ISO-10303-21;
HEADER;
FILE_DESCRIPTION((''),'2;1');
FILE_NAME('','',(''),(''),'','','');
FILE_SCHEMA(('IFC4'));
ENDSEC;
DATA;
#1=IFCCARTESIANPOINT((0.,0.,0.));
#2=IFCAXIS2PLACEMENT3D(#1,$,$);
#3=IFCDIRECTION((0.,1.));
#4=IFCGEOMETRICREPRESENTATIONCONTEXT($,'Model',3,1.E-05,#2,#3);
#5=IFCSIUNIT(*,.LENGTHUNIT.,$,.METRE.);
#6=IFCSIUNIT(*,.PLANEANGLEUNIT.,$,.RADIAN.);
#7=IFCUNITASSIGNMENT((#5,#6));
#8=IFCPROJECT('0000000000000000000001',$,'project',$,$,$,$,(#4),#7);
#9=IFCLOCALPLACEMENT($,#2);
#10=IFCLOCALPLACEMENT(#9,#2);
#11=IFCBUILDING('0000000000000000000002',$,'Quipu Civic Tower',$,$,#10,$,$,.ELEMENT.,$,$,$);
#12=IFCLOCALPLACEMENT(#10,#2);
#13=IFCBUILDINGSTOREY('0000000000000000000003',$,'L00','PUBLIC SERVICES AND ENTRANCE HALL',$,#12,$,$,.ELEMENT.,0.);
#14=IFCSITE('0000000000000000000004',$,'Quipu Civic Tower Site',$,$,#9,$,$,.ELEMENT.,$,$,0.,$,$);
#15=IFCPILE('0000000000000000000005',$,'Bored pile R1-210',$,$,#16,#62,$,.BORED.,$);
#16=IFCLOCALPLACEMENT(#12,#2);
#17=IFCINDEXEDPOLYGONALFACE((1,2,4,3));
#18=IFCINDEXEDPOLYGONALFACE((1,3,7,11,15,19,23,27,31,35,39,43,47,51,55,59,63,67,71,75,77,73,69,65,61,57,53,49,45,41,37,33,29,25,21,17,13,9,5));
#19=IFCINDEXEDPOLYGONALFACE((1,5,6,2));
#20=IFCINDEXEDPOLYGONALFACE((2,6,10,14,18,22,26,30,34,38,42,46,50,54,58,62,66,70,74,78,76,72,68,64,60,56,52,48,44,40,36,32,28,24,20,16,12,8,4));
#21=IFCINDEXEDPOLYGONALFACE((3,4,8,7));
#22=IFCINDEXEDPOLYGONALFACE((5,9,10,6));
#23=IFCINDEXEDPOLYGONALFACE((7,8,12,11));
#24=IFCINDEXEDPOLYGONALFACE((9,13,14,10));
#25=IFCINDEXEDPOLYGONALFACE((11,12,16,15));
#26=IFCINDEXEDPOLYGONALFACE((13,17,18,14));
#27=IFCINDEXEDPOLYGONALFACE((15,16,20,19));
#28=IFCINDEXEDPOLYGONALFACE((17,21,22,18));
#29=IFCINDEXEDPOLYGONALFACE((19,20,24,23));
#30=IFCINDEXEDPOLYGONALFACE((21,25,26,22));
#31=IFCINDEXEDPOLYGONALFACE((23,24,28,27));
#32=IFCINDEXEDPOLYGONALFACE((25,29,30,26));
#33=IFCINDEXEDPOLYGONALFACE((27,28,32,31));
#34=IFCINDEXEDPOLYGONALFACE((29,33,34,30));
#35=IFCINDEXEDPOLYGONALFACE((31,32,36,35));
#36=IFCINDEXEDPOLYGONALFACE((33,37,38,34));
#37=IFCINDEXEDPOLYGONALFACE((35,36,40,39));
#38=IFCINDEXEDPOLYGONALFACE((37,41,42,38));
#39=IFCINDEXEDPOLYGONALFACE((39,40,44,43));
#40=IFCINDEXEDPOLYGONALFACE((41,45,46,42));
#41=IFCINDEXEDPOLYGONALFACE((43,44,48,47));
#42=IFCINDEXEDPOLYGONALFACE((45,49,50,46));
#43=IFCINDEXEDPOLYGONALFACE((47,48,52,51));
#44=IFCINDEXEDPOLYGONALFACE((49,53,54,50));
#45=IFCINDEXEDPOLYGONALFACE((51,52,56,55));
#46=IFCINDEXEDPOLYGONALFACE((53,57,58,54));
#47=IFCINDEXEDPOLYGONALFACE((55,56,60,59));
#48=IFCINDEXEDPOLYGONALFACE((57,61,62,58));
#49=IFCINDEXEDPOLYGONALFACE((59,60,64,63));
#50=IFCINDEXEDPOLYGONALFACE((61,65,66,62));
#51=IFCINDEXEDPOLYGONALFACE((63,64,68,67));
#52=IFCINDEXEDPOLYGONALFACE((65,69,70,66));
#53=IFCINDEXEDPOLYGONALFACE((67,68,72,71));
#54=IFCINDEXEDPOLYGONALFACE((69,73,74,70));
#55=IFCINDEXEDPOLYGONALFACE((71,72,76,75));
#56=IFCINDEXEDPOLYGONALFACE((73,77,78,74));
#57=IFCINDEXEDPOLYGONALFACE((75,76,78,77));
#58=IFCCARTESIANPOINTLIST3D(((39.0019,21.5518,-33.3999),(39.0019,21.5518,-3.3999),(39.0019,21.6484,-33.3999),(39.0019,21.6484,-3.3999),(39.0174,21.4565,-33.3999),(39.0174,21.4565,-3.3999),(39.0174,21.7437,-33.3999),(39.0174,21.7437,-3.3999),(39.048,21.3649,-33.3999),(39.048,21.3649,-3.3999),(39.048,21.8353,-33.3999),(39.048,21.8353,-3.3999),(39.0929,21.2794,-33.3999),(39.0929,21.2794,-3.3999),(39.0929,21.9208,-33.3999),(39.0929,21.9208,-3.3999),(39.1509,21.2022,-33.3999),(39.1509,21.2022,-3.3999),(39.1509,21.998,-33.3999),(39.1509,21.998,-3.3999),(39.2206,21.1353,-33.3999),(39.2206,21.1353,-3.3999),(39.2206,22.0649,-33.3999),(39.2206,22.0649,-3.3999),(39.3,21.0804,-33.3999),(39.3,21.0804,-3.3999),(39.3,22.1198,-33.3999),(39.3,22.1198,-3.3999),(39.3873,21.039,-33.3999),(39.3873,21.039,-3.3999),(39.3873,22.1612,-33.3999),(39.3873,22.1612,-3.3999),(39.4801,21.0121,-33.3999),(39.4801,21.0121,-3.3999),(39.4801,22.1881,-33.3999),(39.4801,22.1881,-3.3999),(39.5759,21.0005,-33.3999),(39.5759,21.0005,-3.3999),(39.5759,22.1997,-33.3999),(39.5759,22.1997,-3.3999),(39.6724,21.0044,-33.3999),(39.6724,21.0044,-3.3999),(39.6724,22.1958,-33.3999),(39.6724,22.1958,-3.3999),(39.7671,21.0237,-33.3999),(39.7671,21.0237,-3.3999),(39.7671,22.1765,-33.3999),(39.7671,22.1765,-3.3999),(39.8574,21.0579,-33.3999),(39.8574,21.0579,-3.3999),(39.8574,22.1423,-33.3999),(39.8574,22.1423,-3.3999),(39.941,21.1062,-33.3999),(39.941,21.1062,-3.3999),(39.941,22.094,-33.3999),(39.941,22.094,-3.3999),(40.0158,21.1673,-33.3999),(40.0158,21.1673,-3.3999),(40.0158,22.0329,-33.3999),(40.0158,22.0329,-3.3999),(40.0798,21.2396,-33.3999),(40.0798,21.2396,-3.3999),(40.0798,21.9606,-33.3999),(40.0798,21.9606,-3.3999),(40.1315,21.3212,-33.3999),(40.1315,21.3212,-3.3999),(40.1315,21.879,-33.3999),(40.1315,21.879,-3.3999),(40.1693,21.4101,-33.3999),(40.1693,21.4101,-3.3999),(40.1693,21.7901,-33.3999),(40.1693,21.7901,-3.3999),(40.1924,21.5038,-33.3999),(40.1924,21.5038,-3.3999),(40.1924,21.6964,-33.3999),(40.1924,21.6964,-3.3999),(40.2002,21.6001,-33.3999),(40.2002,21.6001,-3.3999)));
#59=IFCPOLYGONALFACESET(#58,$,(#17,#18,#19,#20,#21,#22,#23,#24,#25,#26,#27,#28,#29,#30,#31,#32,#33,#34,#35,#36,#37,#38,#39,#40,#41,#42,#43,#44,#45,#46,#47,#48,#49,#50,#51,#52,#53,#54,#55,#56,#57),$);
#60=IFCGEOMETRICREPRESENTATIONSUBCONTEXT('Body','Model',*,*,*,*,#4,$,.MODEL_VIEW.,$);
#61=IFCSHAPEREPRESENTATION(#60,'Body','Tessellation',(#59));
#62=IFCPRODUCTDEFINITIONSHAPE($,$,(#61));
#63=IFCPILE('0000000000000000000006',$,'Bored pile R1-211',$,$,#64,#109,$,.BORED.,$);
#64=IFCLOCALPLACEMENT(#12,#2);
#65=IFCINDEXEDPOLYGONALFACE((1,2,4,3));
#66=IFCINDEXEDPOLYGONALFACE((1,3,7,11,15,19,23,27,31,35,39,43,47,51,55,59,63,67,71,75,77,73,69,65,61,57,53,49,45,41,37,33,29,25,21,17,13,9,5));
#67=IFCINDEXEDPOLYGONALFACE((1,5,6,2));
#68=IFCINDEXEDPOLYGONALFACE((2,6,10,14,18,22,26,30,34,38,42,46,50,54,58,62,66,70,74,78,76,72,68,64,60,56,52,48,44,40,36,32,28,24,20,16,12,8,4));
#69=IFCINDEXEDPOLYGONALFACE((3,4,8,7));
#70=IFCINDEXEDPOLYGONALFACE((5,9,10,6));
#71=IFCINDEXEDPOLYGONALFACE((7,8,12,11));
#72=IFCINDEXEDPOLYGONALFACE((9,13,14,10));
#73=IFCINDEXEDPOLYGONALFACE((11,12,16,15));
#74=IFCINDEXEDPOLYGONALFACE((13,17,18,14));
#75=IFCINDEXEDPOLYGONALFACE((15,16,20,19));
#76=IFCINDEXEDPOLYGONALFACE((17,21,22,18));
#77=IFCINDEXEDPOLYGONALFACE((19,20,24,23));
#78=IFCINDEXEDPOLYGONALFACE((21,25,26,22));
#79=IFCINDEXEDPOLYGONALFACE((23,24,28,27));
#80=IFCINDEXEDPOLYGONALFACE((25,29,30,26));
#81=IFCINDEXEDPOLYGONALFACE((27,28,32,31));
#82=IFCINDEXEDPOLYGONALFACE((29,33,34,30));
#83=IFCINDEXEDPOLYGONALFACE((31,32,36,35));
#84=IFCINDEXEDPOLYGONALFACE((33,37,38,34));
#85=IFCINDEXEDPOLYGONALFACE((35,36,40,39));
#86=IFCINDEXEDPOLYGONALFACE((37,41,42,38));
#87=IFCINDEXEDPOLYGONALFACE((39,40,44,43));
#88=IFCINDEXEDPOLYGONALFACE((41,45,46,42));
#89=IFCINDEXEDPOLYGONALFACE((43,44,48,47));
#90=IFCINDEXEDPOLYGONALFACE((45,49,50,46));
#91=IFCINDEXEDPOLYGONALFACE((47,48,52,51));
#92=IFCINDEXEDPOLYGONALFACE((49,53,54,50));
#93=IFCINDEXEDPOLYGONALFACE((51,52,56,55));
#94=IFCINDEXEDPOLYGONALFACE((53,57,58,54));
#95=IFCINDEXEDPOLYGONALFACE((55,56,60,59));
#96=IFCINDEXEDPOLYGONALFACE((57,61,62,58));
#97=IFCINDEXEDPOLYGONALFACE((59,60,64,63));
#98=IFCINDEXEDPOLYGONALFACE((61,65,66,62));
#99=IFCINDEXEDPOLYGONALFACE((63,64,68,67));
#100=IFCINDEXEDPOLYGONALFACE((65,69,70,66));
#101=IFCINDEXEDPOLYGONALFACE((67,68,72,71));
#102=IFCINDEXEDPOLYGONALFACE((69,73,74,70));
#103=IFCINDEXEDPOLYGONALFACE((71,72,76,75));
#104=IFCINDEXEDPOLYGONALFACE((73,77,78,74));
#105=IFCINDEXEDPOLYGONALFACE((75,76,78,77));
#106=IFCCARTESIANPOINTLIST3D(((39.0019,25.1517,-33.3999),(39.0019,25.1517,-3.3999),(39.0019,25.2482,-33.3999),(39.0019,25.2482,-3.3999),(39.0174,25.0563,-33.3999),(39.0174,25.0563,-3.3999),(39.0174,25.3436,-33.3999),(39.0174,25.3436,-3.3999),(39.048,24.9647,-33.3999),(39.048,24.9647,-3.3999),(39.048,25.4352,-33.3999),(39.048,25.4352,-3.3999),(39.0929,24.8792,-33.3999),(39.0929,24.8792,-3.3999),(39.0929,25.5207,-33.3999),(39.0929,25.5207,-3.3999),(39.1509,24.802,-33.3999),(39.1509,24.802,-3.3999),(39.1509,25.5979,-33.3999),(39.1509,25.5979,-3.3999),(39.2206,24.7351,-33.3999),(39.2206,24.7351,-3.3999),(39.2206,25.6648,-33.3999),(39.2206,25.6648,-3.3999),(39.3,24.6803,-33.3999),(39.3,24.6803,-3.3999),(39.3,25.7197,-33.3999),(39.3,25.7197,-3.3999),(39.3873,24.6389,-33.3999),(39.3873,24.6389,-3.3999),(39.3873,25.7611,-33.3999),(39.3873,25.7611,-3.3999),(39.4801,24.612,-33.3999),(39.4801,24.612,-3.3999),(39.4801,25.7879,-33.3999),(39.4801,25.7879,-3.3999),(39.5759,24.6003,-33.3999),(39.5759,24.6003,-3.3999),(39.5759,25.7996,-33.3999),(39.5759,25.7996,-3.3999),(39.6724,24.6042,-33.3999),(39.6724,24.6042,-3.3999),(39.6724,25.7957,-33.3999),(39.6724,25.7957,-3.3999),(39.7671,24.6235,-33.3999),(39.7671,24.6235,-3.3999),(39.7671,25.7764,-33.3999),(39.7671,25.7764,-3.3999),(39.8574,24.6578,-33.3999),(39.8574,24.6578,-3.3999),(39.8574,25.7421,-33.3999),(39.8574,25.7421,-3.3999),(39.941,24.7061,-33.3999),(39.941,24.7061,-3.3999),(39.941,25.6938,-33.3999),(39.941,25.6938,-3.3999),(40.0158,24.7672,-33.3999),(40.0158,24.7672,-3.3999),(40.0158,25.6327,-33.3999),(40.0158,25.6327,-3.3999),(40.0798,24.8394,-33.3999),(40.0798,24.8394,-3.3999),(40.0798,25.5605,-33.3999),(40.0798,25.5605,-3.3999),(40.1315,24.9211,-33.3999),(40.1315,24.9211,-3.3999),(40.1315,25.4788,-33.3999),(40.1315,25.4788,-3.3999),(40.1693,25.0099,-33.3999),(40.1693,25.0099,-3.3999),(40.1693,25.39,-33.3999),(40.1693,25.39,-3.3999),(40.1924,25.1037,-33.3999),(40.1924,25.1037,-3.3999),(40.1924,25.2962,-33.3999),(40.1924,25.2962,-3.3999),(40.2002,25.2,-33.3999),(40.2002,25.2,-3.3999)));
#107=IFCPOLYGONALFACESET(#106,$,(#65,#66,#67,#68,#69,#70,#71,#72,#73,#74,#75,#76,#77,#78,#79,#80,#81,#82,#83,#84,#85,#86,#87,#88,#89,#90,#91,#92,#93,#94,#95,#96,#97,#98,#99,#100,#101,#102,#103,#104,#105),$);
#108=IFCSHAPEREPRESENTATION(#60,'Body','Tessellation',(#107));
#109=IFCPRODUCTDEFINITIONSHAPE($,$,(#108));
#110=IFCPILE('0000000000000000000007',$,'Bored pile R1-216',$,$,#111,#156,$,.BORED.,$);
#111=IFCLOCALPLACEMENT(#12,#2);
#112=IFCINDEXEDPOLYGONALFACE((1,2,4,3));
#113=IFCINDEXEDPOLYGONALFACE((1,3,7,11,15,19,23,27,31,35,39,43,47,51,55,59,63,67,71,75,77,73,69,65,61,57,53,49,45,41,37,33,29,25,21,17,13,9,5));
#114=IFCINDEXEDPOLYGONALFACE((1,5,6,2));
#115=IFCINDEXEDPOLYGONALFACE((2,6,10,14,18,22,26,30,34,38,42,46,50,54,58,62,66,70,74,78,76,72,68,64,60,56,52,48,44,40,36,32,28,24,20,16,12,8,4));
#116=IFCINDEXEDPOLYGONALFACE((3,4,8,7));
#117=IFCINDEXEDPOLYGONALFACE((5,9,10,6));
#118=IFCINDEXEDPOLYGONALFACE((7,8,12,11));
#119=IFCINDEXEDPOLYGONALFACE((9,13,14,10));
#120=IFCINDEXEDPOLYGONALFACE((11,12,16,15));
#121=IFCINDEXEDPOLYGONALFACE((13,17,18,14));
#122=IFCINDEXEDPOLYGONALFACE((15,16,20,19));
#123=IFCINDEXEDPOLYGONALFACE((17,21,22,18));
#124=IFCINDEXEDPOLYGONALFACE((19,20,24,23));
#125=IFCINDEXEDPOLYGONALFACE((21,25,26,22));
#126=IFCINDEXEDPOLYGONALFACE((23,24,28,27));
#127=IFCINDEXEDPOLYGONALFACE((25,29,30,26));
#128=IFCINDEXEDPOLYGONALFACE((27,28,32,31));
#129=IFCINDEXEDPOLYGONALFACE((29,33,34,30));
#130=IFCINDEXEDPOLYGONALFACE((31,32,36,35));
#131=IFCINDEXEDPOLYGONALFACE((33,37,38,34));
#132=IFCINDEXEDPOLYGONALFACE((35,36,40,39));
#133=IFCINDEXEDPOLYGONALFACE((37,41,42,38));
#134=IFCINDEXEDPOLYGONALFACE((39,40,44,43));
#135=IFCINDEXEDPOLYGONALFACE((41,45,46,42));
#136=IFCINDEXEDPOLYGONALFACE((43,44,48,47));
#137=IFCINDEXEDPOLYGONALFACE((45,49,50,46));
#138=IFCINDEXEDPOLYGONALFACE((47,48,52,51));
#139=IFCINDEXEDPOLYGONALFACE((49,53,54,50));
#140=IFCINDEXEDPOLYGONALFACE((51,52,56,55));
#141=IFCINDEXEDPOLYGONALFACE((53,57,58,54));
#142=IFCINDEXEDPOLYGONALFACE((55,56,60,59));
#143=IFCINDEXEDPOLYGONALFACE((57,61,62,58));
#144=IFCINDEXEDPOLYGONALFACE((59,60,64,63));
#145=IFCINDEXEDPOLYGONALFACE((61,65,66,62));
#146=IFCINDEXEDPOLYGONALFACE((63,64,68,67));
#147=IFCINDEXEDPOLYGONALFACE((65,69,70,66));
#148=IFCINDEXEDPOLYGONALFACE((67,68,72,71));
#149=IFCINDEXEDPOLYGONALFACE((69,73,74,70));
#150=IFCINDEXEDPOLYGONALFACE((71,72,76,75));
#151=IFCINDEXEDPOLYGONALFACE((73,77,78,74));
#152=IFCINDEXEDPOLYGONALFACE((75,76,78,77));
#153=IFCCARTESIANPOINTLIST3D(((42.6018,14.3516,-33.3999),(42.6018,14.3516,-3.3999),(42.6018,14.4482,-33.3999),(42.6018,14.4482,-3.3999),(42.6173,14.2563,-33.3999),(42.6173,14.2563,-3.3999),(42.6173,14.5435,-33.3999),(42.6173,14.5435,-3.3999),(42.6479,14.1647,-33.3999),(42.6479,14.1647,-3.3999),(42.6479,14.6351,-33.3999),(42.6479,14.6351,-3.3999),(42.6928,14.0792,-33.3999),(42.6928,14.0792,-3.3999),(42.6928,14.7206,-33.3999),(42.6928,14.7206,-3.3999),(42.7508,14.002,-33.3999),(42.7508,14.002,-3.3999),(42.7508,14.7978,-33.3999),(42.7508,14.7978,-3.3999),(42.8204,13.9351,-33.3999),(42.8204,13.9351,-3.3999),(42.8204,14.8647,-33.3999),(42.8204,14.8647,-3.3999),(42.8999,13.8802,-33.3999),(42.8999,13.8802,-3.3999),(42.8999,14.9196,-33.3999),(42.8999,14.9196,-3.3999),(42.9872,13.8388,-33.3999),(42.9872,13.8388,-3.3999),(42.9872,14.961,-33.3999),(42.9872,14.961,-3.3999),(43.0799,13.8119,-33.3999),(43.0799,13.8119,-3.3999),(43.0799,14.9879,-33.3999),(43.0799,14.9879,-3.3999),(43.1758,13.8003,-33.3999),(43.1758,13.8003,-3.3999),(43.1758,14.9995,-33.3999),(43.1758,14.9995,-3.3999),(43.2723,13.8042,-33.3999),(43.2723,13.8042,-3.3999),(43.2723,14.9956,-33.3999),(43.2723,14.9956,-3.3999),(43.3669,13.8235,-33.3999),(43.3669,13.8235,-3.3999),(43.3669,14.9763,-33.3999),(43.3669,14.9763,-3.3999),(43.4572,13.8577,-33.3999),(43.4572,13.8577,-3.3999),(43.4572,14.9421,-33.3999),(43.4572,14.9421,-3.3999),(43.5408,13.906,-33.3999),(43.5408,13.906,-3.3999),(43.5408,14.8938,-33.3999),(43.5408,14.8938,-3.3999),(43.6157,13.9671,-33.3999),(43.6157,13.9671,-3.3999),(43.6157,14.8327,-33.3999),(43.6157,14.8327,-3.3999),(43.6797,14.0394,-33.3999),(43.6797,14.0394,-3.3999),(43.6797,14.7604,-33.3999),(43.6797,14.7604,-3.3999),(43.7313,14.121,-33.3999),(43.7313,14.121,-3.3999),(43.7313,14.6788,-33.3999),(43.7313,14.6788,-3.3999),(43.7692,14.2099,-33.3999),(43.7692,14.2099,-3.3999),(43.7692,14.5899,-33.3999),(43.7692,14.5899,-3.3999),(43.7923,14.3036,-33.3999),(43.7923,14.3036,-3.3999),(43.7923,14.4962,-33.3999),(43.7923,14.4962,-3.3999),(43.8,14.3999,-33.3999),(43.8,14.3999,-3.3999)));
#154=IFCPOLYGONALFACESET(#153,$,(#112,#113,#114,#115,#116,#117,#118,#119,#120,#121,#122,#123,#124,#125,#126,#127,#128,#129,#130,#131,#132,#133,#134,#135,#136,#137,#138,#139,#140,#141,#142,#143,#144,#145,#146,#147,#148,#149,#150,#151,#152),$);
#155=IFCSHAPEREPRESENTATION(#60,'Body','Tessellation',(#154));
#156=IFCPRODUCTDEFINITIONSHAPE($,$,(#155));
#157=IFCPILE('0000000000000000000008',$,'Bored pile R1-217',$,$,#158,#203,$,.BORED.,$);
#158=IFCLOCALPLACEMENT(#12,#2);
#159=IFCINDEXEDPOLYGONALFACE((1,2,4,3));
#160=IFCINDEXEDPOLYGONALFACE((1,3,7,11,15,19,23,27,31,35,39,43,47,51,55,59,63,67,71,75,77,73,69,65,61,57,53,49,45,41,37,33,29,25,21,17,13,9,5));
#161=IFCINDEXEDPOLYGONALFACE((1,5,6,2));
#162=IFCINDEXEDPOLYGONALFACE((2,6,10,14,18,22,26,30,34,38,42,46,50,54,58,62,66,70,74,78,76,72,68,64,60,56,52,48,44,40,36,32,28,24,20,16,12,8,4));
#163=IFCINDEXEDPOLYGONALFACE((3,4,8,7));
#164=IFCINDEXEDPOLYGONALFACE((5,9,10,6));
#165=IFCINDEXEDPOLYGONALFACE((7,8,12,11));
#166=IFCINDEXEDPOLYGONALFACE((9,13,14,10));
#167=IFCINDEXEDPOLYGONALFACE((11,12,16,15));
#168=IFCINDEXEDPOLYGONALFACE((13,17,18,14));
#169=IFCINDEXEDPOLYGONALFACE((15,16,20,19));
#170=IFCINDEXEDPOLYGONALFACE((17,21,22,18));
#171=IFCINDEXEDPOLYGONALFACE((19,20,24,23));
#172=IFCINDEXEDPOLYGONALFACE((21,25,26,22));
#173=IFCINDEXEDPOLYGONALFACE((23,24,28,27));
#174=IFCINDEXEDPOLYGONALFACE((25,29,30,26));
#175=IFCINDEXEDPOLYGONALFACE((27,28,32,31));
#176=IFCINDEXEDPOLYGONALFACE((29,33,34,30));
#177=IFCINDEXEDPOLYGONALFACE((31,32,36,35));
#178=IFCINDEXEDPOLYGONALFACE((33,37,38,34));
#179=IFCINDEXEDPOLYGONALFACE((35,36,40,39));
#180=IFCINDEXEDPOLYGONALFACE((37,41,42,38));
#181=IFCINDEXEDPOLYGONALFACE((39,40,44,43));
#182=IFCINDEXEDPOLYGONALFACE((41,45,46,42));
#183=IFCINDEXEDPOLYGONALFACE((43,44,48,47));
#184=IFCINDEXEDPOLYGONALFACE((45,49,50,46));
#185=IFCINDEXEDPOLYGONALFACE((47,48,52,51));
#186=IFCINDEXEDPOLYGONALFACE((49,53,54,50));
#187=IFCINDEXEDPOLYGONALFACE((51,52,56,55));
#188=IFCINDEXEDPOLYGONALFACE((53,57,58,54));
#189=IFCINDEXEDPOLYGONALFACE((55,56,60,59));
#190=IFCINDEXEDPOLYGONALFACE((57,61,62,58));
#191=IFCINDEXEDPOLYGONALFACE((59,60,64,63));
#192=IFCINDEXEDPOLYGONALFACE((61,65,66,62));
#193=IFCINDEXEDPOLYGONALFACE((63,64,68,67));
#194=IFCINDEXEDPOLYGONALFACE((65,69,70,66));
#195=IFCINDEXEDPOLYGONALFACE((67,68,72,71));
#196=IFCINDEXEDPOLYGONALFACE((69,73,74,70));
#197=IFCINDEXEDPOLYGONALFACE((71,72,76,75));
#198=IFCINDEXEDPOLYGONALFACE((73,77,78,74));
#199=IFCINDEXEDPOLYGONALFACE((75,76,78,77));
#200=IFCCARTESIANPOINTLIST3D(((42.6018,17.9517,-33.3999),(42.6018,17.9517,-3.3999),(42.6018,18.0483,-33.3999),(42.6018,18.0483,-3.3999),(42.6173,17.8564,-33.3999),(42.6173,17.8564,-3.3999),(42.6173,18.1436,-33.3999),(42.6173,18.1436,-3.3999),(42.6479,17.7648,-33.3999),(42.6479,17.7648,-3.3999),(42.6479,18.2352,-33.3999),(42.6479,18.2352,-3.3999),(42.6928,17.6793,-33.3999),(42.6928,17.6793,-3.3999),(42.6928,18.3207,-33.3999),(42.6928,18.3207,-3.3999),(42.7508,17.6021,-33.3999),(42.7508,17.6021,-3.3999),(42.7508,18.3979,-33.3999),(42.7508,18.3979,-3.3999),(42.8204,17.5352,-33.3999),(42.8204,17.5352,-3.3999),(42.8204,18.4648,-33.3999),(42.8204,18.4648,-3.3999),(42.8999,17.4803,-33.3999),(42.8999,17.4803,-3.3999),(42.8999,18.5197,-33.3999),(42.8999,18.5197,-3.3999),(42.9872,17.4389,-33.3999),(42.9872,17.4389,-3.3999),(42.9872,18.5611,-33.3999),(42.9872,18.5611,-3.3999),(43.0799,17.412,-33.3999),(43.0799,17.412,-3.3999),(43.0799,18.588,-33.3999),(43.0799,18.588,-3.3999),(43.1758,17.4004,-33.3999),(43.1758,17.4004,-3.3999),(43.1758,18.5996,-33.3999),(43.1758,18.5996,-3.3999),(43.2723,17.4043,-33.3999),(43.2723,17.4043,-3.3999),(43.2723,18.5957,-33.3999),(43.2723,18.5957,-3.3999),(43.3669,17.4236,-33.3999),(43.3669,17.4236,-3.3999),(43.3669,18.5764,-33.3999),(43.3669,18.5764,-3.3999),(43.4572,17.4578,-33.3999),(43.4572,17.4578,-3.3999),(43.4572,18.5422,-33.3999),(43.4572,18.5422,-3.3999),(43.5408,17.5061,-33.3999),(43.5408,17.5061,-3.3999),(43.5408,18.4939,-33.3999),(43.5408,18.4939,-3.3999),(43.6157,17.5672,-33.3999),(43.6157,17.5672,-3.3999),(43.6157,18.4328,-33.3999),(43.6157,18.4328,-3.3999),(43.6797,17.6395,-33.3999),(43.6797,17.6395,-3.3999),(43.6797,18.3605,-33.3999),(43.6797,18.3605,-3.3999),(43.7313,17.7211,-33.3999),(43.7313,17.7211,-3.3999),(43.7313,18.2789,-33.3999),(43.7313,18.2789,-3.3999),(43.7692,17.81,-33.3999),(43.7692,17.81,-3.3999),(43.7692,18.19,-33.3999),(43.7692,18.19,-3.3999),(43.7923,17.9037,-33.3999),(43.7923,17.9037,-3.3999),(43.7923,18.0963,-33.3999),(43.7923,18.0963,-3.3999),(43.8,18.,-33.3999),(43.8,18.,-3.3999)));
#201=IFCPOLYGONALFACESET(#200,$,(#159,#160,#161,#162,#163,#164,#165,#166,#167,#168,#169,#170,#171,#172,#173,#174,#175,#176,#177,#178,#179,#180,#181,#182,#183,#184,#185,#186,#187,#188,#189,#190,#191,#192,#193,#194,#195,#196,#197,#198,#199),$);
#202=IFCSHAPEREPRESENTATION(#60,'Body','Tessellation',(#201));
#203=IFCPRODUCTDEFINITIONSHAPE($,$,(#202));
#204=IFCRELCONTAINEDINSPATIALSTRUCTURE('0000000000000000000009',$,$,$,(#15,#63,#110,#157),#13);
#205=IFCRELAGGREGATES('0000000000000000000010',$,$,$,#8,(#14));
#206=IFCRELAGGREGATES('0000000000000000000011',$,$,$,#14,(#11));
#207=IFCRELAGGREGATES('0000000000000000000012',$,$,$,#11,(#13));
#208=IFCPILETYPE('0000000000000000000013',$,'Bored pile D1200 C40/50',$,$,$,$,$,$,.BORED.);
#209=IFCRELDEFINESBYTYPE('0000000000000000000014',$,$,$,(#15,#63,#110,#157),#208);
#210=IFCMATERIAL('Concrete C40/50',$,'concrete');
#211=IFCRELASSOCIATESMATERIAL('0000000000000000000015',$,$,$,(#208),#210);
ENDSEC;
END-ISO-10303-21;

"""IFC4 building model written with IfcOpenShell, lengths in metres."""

from ifc_helpers import new_model, si_unit, direction, frame, origin, origin_2d, place, context, subcontext, project, spatial, circle, extrude, material, material_profile, profile_set, type_object, element, save


model = new_model("IFC4")

# Units and contexts
model_context = context("Model", 3, precision=1e-05, world=origin(), true_north=direction((0.0, 1.0)))
body_context = subcontext(model_context, "Body", "Model", "MODEL_VIEW")
ifc_project = project(units=[si_unit("LENGTHUNIT", "METRE"), si_unit("PLANEANGLEUNIT", "RADIAN")], contexts=[model_context])

# Site, building, storey
site_placement = place(None, origin())
site = spatial("IfcSite", under=ifc_project, at=site_placement, Name="Quipu Civic Tower Site", CompositionType="ELEMENT", RefElevation=0.0)
building_placement = place(site_placement, origin())
building = spatial("IfcBuilding", under=site, at=building_placement, Name="Quipu Civic Tower", CompositionType="ELEMENT")
storey_placement = place(building_placement, origin())
storey = spatial("IfcBuildingStorey", under=building, at=storey_placement, Name="L00", Description="PUBLIC SERVICES AND ENTRANCE HALL", CompositionType="ELEMENT", Elevation=0.0)

# Piles
ifc_material_1 = material(Name="Concrete C40/50", Category="concrete")
ifc_material_profile_1 = material_profile(ifc_material_1, circle(Radius=0.6001, at=origin_2d()), Name="RCD1200")
ifc_profile_set_1 = profile_set([ifc_material_profile_1], Name="Concrete C40/50")
pile_type = type_object("IfcPileType", Name="Bored pile D1200 C40/50", PredefinedType="BORED", material=ifc_profile_set_1)
for number, where, z_axis, x_axis, name in (
    (1, (39.6001, 21.6001, -3.3999), (0.0, 0.0, -1.0), (1.0, 0.0, 0.0), "Bored pile R1-210"),
    (2, (39.6001, 25.2, -3.3999), (0.0, 0.0, -1.0), (1.0, 0.0, 0.0), "Bored pile R1-211"),
    (3, (43.2, 14.3999, -3.3999), (0.0, 0.0, -1.0), (1.0, 0.0, 0.0), "Bored pile R1-216"),
    (4, (43.2, 18.0, -3.3999), (0.0, 0.0, -1.0), (1.0, 0.0, 0.0), "Bored pile R1-217"),
):
    element("IfcPile", number, at=place(storey_placement, frame(where, z_axis=z_axis, x_axis=x_axis)), inside=storey, type_object=pile_type, Name=name, PredefinedType="BORED", context=body_context, shape_type="SweptSolid", body=[
        extrude(circle(Radius=0.6001, at=origin_2d()), origin(), (0.0, 0.0, 1.0), 30.0),
    ])

save(model, "model.ifc")
